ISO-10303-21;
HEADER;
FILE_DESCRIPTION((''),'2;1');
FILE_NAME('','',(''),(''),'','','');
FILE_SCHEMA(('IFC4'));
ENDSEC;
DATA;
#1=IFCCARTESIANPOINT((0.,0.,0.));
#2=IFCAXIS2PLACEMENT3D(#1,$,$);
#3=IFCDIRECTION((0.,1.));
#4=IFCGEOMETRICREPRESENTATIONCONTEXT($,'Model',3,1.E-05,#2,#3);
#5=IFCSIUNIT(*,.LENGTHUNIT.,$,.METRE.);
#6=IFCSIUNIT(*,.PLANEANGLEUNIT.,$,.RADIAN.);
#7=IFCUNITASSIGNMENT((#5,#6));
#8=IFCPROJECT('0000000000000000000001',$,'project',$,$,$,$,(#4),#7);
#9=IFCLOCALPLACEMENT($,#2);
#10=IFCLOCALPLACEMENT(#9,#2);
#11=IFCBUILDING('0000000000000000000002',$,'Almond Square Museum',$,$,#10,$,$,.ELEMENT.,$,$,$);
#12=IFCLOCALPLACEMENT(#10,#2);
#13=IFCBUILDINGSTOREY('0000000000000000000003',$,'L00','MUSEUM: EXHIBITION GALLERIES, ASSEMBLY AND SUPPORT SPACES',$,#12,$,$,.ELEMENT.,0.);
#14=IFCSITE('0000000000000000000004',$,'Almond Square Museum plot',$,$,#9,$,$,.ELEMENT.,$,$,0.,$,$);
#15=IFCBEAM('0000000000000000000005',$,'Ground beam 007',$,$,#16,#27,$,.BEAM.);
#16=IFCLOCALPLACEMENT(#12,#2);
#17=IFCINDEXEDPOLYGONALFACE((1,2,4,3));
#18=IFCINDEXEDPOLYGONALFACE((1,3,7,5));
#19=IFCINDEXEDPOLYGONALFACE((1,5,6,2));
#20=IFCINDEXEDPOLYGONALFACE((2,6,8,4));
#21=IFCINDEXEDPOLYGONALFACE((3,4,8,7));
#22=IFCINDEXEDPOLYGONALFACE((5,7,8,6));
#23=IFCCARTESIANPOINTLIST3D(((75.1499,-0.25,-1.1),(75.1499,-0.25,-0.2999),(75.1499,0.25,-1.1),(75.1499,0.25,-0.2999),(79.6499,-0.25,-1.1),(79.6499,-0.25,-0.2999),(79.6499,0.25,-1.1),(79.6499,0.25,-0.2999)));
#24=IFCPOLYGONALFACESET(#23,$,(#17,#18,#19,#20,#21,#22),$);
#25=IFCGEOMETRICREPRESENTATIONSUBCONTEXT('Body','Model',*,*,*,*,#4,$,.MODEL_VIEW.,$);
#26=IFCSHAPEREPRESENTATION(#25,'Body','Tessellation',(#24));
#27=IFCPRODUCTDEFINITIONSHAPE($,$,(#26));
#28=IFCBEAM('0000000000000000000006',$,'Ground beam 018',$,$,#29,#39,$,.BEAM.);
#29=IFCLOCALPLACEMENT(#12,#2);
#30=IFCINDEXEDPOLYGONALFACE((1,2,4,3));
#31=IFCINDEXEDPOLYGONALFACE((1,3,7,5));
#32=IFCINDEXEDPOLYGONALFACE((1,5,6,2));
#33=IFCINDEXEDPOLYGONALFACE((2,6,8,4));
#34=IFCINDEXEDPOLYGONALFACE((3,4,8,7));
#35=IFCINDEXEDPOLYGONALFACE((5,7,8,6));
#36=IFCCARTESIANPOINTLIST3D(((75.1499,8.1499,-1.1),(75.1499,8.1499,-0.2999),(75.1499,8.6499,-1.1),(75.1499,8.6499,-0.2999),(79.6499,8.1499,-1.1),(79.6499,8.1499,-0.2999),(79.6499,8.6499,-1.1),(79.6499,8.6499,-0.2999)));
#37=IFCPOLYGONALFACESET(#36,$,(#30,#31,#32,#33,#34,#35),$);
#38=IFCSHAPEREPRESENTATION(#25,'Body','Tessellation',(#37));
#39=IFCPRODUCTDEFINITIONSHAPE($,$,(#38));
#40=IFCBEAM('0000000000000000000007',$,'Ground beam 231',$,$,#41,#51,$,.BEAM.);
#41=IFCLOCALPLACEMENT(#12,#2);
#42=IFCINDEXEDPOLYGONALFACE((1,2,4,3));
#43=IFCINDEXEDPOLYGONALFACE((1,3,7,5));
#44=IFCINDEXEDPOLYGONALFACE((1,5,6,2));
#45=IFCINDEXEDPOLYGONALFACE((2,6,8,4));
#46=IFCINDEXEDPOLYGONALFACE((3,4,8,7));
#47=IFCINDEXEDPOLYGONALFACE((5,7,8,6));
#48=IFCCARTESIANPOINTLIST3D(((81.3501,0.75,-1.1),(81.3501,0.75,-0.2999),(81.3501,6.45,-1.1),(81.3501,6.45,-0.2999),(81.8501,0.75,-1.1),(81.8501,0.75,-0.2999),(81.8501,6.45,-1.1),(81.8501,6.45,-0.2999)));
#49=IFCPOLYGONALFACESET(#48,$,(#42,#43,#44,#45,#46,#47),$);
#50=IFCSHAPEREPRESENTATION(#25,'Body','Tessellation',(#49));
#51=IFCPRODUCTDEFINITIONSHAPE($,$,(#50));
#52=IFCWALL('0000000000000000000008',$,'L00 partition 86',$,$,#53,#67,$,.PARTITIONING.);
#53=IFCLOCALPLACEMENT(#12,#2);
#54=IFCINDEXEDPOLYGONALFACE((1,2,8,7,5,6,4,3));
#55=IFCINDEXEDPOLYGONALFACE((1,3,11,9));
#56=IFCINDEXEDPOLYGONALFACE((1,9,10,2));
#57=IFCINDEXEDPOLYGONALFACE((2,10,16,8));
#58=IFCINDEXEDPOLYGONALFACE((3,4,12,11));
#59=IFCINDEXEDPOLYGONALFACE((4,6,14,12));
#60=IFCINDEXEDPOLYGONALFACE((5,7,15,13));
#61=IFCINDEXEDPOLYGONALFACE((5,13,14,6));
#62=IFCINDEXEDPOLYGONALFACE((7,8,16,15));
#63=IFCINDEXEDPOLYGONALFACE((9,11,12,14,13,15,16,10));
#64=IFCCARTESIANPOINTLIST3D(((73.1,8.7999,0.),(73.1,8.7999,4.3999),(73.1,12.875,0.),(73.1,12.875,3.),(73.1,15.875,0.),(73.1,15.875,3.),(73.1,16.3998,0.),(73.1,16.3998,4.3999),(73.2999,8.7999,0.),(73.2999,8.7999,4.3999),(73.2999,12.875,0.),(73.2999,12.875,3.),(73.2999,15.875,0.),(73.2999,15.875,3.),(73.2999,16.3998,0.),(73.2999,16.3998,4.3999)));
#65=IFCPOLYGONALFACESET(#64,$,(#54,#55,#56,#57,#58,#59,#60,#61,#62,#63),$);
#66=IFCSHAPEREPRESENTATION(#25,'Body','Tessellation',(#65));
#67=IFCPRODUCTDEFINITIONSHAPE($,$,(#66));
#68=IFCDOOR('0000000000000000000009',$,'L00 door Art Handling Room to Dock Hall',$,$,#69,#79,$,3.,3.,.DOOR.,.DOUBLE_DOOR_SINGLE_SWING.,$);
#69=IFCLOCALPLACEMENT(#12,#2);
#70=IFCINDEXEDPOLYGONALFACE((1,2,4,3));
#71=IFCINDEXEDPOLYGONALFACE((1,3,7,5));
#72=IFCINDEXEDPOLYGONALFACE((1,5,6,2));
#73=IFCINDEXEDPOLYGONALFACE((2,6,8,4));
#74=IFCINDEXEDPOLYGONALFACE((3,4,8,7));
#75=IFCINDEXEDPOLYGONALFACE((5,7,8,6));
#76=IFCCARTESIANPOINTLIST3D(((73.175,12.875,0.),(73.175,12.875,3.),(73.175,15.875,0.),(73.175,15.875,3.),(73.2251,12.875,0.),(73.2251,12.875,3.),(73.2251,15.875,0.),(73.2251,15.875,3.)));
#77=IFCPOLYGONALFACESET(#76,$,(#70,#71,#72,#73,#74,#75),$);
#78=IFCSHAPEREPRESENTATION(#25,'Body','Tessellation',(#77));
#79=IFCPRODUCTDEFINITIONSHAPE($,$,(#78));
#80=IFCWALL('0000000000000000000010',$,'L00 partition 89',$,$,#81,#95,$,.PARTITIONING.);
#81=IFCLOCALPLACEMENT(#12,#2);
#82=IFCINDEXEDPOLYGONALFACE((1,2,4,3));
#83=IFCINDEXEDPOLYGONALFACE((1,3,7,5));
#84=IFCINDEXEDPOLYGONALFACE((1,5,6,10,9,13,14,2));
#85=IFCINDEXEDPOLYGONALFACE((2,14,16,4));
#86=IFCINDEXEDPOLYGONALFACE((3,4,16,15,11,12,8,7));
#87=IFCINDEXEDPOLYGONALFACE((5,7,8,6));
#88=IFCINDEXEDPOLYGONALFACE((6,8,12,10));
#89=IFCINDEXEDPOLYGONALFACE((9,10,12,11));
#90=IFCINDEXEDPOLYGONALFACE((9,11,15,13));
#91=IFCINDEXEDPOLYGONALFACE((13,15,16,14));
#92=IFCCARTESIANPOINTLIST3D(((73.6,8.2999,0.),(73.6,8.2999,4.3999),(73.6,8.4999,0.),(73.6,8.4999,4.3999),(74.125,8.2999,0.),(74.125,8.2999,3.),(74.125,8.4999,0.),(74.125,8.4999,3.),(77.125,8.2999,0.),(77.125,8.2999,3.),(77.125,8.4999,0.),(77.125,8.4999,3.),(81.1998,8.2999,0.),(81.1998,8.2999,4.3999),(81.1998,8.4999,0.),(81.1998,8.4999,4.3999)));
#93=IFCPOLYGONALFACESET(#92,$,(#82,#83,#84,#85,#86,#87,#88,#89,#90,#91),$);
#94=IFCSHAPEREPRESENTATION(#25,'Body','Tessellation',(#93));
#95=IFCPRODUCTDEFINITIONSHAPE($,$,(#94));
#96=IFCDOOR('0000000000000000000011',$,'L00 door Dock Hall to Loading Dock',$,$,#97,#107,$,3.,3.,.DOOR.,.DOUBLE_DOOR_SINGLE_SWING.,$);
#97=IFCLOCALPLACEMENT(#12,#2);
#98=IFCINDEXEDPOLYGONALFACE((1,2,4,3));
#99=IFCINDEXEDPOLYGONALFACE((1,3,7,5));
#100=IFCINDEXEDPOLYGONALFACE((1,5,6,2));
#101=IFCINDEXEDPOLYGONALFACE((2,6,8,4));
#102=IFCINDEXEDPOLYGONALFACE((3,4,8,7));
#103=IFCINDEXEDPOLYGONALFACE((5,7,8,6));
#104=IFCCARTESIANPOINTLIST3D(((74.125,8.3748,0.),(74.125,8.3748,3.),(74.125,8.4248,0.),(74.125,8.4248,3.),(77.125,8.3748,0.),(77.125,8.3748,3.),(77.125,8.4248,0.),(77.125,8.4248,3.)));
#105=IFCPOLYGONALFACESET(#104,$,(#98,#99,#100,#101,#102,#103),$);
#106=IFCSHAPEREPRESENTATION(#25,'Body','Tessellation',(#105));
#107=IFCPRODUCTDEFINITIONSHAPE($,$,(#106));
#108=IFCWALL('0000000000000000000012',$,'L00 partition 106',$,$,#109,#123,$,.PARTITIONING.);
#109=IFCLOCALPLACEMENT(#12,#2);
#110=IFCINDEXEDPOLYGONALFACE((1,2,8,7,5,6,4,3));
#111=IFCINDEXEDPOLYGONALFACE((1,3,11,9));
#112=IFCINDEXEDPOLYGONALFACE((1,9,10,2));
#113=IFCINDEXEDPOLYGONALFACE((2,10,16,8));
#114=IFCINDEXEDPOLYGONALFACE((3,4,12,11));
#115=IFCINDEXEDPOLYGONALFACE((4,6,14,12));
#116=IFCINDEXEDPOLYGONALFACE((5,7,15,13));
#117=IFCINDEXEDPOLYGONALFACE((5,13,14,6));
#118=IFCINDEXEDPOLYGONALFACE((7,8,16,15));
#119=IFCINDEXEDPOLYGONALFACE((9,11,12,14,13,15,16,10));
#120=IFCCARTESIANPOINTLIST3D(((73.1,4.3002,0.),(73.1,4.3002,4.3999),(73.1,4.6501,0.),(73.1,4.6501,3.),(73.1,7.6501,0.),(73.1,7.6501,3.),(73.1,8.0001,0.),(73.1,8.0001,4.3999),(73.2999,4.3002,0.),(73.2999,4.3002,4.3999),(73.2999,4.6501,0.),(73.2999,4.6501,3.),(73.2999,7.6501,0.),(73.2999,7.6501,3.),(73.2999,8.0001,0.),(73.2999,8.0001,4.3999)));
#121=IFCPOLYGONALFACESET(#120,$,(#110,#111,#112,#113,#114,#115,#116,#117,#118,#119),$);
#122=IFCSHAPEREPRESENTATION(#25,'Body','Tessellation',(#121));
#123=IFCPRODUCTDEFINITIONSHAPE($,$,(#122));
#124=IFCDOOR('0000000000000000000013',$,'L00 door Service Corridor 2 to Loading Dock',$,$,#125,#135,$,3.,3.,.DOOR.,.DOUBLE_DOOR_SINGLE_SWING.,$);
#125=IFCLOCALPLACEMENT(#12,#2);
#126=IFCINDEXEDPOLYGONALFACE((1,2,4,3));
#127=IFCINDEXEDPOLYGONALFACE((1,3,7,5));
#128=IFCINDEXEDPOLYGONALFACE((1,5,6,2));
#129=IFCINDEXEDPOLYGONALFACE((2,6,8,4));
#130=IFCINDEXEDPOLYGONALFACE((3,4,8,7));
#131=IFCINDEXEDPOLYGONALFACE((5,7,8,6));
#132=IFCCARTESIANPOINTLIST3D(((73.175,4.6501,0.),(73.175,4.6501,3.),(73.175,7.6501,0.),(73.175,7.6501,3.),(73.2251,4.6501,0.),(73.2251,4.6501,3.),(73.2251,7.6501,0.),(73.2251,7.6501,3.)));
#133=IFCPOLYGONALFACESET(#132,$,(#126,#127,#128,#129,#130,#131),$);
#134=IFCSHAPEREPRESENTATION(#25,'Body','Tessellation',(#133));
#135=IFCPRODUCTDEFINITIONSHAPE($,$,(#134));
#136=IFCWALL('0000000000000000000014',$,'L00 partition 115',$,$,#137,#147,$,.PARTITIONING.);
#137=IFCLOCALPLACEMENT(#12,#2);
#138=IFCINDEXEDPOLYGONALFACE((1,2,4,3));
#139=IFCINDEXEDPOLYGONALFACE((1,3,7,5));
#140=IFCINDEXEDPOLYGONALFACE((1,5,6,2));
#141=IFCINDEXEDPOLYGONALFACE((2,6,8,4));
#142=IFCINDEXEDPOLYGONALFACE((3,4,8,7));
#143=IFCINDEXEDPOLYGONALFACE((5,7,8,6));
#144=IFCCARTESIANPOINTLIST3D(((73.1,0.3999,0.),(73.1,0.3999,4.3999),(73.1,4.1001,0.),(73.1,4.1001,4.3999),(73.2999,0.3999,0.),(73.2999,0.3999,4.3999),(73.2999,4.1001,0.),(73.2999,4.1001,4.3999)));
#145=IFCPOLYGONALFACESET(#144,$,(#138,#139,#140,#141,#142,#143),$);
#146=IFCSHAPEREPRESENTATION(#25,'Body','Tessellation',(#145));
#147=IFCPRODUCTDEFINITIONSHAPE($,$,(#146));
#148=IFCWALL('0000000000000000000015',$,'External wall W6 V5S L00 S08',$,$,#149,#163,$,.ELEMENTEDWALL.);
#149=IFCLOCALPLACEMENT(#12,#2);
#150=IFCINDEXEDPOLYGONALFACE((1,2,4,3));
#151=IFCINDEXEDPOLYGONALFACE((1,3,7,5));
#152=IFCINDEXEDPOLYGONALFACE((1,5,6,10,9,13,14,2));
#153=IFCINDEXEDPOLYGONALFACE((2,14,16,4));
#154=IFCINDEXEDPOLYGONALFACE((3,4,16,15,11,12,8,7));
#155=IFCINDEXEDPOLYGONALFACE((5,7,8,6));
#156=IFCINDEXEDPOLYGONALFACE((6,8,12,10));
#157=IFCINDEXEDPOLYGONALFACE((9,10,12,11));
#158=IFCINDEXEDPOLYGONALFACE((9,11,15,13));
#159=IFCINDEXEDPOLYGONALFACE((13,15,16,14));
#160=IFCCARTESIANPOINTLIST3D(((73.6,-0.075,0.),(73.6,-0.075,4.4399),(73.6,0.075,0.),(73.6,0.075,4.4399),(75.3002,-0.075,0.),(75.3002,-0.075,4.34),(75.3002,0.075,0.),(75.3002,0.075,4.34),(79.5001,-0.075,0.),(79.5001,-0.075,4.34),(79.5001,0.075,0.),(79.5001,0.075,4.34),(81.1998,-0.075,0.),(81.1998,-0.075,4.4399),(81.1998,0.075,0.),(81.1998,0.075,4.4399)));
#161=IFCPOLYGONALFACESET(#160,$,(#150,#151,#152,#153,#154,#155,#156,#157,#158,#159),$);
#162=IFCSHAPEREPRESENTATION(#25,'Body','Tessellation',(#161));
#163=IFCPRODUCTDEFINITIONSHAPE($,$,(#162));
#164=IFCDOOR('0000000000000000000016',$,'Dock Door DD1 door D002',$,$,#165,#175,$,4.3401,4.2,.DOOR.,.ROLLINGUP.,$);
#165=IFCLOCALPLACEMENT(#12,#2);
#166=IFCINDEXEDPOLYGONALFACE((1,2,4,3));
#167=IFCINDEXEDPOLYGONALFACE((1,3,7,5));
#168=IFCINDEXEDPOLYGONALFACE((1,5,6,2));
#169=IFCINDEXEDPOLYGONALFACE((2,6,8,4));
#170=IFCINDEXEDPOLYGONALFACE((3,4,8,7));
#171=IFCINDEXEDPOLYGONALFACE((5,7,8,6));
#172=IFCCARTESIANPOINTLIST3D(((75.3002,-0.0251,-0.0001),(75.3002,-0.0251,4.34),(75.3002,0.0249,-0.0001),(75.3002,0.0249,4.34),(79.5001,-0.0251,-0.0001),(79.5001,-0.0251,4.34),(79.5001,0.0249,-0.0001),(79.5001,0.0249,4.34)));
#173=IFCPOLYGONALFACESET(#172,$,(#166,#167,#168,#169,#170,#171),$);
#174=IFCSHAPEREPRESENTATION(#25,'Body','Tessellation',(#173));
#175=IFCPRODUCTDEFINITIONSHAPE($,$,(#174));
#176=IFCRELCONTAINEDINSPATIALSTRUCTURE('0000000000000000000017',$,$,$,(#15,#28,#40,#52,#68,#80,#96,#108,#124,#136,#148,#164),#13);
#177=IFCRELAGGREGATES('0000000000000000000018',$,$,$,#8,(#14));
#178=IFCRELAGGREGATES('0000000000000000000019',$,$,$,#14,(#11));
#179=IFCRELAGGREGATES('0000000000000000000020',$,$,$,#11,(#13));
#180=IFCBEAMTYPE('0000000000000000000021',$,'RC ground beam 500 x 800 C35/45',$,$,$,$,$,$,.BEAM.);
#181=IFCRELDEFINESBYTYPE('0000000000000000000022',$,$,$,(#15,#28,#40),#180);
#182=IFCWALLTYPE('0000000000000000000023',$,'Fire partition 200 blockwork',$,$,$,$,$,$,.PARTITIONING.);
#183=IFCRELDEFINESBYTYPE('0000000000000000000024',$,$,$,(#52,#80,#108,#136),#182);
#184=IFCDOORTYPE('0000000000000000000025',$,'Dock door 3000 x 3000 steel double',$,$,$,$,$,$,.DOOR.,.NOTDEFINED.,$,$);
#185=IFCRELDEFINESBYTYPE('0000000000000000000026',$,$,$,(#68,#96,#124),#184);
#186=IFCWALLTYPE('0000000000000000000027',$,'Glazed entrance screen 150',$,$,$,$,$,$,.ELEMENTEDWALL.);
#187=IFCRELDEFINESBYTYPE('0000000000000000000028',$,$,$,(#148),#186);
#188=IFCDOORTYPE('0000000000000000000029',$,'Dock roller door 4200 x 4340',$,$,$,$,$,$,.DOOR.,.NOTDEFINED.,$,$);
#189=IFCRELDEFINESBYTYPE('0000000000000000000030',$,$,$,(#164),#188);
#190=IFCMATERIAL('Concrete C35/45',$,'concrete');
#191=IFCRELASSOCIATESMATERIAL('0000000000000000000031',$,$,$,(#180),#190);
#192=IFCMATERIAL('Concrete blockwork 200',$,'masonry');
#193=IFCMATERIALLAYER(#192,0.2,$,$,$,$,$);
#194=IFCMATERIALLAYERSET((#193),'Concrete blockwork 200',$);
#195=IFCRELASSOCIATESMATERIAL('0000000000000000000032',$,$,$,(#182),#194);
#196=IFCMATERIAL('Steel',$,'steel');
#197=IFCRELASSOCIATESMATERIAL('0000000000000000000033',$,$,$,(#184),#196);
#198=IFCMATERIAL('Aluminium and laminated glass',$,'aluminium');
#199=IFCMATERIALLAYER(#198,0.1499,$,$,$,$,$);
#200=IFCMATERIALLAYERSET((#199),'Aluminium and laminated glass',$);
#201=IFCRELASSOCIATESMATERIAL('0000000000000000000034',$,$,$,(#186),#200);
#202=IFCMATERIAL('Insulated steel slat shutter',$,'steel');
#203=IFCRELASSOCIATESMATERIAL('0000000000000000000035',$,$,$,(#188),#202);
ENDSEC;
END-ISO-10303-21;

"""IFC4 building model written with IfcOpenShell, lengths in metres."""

from ifc_helpers import new_model, si_unit, direction, frame, frame_2d, origin, origin_2d, place, context, subcontext, project, spatial, rectangle, extrude, material, layer, layer_set, material_profile, profile_set, type_object, element, fill, save


model = new_model("IFC4")

# Units and contexts
model_context = context("Model", 3, precision=1e-05, world=origin(), true_north=direction((0.0, 1.0)))
body_context = subcontext(model_context, "Body", "Model", "MODEL_VIEW")
ifc_project = project(units=[si_unit("LENGTHUNIT", "METRE"), si_unit("PLANEANGLEUNIT", "RADIAN")], contexts=[model_context])

# Site, building, storey
site_placement = place(None, origin())
site = spatial("IfcSite", under=ifc_project, at=site_placement, Name="Almond Square Museum plot", CompositionType="ELEMENT", RefElevation=0.0)
building_placement = place(site_placement, origin())
building = spatial("IfcBuilding", under=site, at=building_placement, Name="Almond Square Museum", CompositionType="ELEMENT")
storey_placement = place(building_placement, origin())
storey = spatial("IfcBuildingStorey", under=building, at=storey_placement, Name="L00", Description="MUSEUM: EXHIBITION GALLERIES, ASSEMBLY AND SUPPORT SPACES", CompositionType="ELEMENT", Elevation=0.0)

# Beams
ifc_material_1 = material(Name="Concrete C35/45", Category="concrete")
ifc_material_profile_1 = material_profile(ifc_material_1, rectangle(XDim=0.5, YDim=0.8, at=origin_2d()))
ifc_profile_set_1 = profile_set([ifc_material_profile_1], Name="Concrete C35/45")
beam_type = type_object("IfcBeamType", Name="RC ground beam 500 x 800 C35/45", PredefinedType="BEAM", material=ifc_profile_set_1)
for number, where, z_axis, x_axis, name in (
    (1, (75.1499, 0.0, -0.7), (1.0, 0.0, 0.0), (0.0, 1.0, 0.0), "Ground beam 007"),
    (2, (75.1499, 8.3999, -0.7), (1.0, 0.0, 0.0), (0.0, 1.0, 0.0), "Ground beam 018"),
):
    element("IfcBeam", number, at=place(storey_placement, frame(where, z_axis=z_axis, x_axis=x_axis)), inside=storey, type_object=beam_type, Name=name, PredefinedType="BEAM", context=body_context, shape_type="SweptSolid", body=[
        extrude(rectangle(XDim=0.5, YDim=0.8, at=origin_2d()), origin(), (0.0, 0.0, 1.0), 4.5),
    ])
beam_placement = place(storey_placement, frame((81.6001, 0.75, -0.7), z_axis=(0.0, 1.0, 0.0), x_axis=(-1.0, 0.0, 0.0)))
element("IfcBeam", 3, at=beam_placement, inside=storey, type_object=beam_type, Name="Ground beam 231", PredefinedType="BEAM", context=body_context, shape_type="SweptSolid", body=[
    extrude(rectangle(XDim=0.5, YDim=0.8, at=origin_2d()), origin(), (0.0, 0.0, 1.0), 5.7),
])

# Walls, openings, doors
ifc_material_2 = material(Name="Concrete blockwork 200", Category="masonry")
ifc_layer_1 = layer(ifc_material_2, 0.2)
ifc_layer_set_1 = layer_set([ifc_layer_1], Name="Concrete blockwork 200")
wall_type_1 = type_object("IfcWallType", Name="Fire partition 200 blockwork", PredefinedType="PARTITIONING", material=ifc_layer_set_1)
wall_1_placement = place(storey_placement, frame((73.2, 8.8, 0.0), z_axis=(0.0, 0.0, 1.0), x_axis=(0.0, 1.0, 0.0)))
wall_1 = element("IfcWall", 4, at=wall_1_placement, inside=storey, type_object=wall_type_1, Name="L00 partition 86", PredefinedType="PARTITIONING", context=body_context, shape_type="SweptSolid", body=[
    extrude(rectangle(XDim=7.5999, YDim=0.2, at=frame_2d((3.7998, 0.0))), origin(), (0.0, 0.0, 1.0), 4.3999),
])
opening_1_placement = place(wall_1_placement, frame((4.075, 0.0, 0.0)))
opening_1 = element("IfcOpeningElement", 5, at=opening_1_placement, cuts=wall_1, PredefinedType="OPENING", context=body_context, shape_type="SweptSolid", body=[
    extrude(rectangle(XDim=3.0, YDim=3.0, at=frame_2d((1.5, 1.5))), frame((0.0, 0.1099, 0.0), z_axis=(0.0, -1.0, 0.0), x_axis=(1.0, 0.0, 0.0)), (0.0, 0.0, 1.0), 0.22),
])
ifc_material_3 = material(Name="Steel", Category="steel")
door_type_1 = type_object("IfcDoorType", Name="Dock door 3000 x 3000 steel double", OperationType="NOTDEFINED", PredefinedType="DOOR", material=ifc_material_3)
door_1_placement = place(opening_1_placement, origin())
door_1 = element("IfcDoor", 6, at=door_1_placement, inside=storey, type_object=door_type_1, Name="L00 door Art Handling Room to Dock Hall", OperationType="DOUBLE_DOOR_SINGLE_SWING", OverallHeight=3.0, OverallWidth=3.0, PredefinedType="DOOR", context=body_context, shape_type="SweptSolid", body=[
    extrude(rectangle(XDim=3.0, YDim=3.0, at=frame_2d((1.5, 1.5))), frame((0.0, 0.0249, 0.0), z_axis=(0.0, -1.0, 0.0), x_axis=(1.0, 0.0, 0.0)), (0.0, 0.0, 1.0), 0.05),
])
fill(opening_1, door_1)
wall_2_placement = place(storey_placement, frame((73.6001, 8.3999, 0.0), z_axis=(0.0, 0.0, 1.0), x_axis=(1.0, 0.0, 0.0)))
wall_2 = element("IfcWall", 7, at=wall_2_placement, inside=storey, type_object=wall_type_1, Name="L00 partition 89", PredefinedType="PARTITIONING", context=body_context, shape_type="SweptSolid", body=[
    extrude(rectangle(XDim=7.5999, YDim=0.2, at=frame_2d((3.7998, 0.0))), origin(), (0.0, 0.0, 1.0), 4.3999),
])
opening_2_placement = place(wall_2_placement, frame((0.5249, 0.0, 0.0)))
opening_2 = element("IfcOpeningElement", 8, at=opening_2_placement, cuts=wall_2, PredefinedType="OPENING", context=body_context, shape_type="SweptSolid", body=[
    extrude(rectangle(XDim=3.0, YDim=3.0, at=frame_2d((1.5, 1.5))), frame((0.0, 0.1099, 0.0), z_axis=(0.0, -1.0, 0.0), x_axis=(1.0, 0.0, 0.0)), (0.0, 0.0, 1.0), 0.22),
])
door_2_placement = place(opening_2_placement, origin())
door_2 = element("IfcDoor", 9, at=door_2_placement, inside=storey, type_object=door_type_1, Name="L00 door Dock Hall to Loading Dock", OperationType="DOUBLE_DOOR_SINGLE_SWING", OverallHeight=3.0, OverallWidth=3.0, PredefinedType="DOOR", context=body_context, shape_type="SweptSolid", body=[
    extrude(rectangle(XDim=3.0, YDim=3.0, at=frame_2d((1.5, 1.5))), frame((0.0, 0.0249, 0.0), z_axis=(0.0, -1.0, 0.0), x_axis=(1.0, 0.0, 0.0)), (0.0, 0.0, 1.0), 0.05),
])
fill(opening_2, door_2)
wall_3_placement = place(storey_placement, frame((73.2, 4.3, 0.0), z_axis=(0.0, 0.0, 1.0), x_axis=(0.0, 1.0, 0.0)))
wall_3 = element("IfcWall", 10, at=wall_3_placement, inside=storey, type_object=wall_type_1, Name="L00 partition 106", PredefinedType="PARTITIONING", context=body_context, shape_type="SweptSolid", body=[
    extrude(rectangle(XDim=3.7, YDim=0.2, at=frame_2d((1.8501, 0.0))), origin(), (0.0, 0.0, 1.0), 4.3999),
])
opening_3_placement = place(wall_3_placement, frame((0.3501, 0.0, 0.0)))
opening_3 = element("IfcOpeningElement", 11, at=opening_3_placement, cuts=wall_3, PredefinedType="OPENING", context=body_context, shape_type="SweptSolid", body=[
    extrude(rectangle(XDim=3.0, YDim=3.0, at=frame_2d((1.5, 1.5))), frame((0.0, 0.1099, 0.0), z_axis=(0.0, -1.0, 0.0), x_axis=(1.0, 0.0, 0.0)), (0.0, 0.0, 1.0), 0.22),
])
door_3_placement = place(opening_3_placement, origin())
door_3 = element("IfcDoor", 12, at=door_3_placement, inside=storey, type_object=door_type_1, Name="L00 door Service Corridor 2 to Loading Dock", OperationType="DOUBLE_DOOR_SINGLE_SWING", OverallHeight=3.0, OverallWidth=3.0, PredefinedType="DOOR", context=body_context, shape_type="SweptSolid", body=[
    extrude(rectangle(XDim=3.0, YDim=3.0, at=frame_2d((1.5, 1.5))), frame((0.0, 0.0249, 0.0), z_axis=(0.0, -1.0, 0.0), x_axis=(1.0, 0.0, 0.0)), (0.0, 0.0, 1.0), 0.05),
])
fill(opening_3, door_3)

# Wall
wall_4_placement = place(storey_placement, frame((73.2, 0.3999, 0.0), z_axis=(0.0, 0.0, 1.0), x_axis=(0.0, 1.0, 0.0)))
element("IfcWall", 13, at=wall_4_placement, inside=storey, type_object=wall_type_1, Name="L00 partition 115", PredefinedType="PARTITIONING", context=body_context, shape_type="SweptSolid", body=[
    extrude(rectangle(XDim=3.7002, YDim=0.2, at=frame_2d((1.8501, 0.0))), origin(), (0.0, 0.0, 1.0), 4.3999),
])

# Wall, opening, door
ifc_material_4 = material(Name="Aluminium and laminated glass", Category="aluminium")
ifc_layer_2 = layer(ifc_material_4, 0.1499)
ifc_layer_set_2 = layer_set([ifc_layer_2], Name="Aluminium and laminated glass")
wall_type_2 = type_object("IfcWallType", Name="Glazed entrance screen 150", PredefinedType="ELEMENTEDWALL", material=ifc_layer_set_2)
wall_5_placement = place(storey_placement, frame((73.6001, 0.0, 0.0), z_axis=(0.0, 0.0, 1.0), x_axis=(1.0, 0.0, 0.0)))
wall_5 = element("IfcWall", 14, at=wall_5_placement, inside=storey, type_object=wall_type_2, Name="External wall W6 V5S L00 S08", PredefinedType="ELEMENTEDWALL", context=body_context, shape_type="SweptSolid", body=[
    extrude(rectangle(XDim=7.5999, YDim=0.1499, at=frame_2d((3.7998, 0.0))), origin(), (0.0, 0.0, 1.0), 4.4399),
])
opening_4_placement = place(wall_5_placement, frame((1.7, 0.0, 0.0)))
opening_4 = element("IfcOpeningElement", 15, at=opening_4_placement, cuts=wall_5, PredefinedType="OPENING", context=body_context, shape_type="SweptSolid", body=[
    extrude(rectangle(XDim=4.2, YDim=4.3401, at=frame_2d((2.1001, 2.1699))), frame((0.0, 0.085, 0.0), z_axis=(0.0, -1.0, 0.0), x_axis=(1.0, 0.0, 0.0)), (0.0, 0.0, 1.0), 0.1699),
])
ifc_material_5 = material(Name="Insulated steel slat shutter", Category="steel")
door_type_2 = type_object("IfcDoorType", Name="Dock roller door 4200 x 4340", OperationType="NOTDEFINED", PredefinedType="DOOR", material=ifc_material_5)
door_4_placement = place(opening_4_placement, origin())
door_4 = element("IfcDoor", 16, at=door_4_placement, inside=storey, type_object=door_type_2, Name="Dock Door DD1 door D002", OperationType="ROLLINGUP", OverallHeight=4.3401, OverallWidth=4.2, PredefinedType="DOOR", context=body_context, shape_type="SweptSolid", body=[
    extrude(rectangle(XDim=4.2, YDim=4.3401, at=frame_2d((2.1001, 2.1699))), frame((0.0, 0.0249, 0.0), z_axis=(0.0, -1.0, 0.0), x_axis=(1.0, 0.0, 0.0)), (0.0, 0.0, 1.0), 0.05),
])
fill(opening_4, door_4)

save(model, "model.ifc")
